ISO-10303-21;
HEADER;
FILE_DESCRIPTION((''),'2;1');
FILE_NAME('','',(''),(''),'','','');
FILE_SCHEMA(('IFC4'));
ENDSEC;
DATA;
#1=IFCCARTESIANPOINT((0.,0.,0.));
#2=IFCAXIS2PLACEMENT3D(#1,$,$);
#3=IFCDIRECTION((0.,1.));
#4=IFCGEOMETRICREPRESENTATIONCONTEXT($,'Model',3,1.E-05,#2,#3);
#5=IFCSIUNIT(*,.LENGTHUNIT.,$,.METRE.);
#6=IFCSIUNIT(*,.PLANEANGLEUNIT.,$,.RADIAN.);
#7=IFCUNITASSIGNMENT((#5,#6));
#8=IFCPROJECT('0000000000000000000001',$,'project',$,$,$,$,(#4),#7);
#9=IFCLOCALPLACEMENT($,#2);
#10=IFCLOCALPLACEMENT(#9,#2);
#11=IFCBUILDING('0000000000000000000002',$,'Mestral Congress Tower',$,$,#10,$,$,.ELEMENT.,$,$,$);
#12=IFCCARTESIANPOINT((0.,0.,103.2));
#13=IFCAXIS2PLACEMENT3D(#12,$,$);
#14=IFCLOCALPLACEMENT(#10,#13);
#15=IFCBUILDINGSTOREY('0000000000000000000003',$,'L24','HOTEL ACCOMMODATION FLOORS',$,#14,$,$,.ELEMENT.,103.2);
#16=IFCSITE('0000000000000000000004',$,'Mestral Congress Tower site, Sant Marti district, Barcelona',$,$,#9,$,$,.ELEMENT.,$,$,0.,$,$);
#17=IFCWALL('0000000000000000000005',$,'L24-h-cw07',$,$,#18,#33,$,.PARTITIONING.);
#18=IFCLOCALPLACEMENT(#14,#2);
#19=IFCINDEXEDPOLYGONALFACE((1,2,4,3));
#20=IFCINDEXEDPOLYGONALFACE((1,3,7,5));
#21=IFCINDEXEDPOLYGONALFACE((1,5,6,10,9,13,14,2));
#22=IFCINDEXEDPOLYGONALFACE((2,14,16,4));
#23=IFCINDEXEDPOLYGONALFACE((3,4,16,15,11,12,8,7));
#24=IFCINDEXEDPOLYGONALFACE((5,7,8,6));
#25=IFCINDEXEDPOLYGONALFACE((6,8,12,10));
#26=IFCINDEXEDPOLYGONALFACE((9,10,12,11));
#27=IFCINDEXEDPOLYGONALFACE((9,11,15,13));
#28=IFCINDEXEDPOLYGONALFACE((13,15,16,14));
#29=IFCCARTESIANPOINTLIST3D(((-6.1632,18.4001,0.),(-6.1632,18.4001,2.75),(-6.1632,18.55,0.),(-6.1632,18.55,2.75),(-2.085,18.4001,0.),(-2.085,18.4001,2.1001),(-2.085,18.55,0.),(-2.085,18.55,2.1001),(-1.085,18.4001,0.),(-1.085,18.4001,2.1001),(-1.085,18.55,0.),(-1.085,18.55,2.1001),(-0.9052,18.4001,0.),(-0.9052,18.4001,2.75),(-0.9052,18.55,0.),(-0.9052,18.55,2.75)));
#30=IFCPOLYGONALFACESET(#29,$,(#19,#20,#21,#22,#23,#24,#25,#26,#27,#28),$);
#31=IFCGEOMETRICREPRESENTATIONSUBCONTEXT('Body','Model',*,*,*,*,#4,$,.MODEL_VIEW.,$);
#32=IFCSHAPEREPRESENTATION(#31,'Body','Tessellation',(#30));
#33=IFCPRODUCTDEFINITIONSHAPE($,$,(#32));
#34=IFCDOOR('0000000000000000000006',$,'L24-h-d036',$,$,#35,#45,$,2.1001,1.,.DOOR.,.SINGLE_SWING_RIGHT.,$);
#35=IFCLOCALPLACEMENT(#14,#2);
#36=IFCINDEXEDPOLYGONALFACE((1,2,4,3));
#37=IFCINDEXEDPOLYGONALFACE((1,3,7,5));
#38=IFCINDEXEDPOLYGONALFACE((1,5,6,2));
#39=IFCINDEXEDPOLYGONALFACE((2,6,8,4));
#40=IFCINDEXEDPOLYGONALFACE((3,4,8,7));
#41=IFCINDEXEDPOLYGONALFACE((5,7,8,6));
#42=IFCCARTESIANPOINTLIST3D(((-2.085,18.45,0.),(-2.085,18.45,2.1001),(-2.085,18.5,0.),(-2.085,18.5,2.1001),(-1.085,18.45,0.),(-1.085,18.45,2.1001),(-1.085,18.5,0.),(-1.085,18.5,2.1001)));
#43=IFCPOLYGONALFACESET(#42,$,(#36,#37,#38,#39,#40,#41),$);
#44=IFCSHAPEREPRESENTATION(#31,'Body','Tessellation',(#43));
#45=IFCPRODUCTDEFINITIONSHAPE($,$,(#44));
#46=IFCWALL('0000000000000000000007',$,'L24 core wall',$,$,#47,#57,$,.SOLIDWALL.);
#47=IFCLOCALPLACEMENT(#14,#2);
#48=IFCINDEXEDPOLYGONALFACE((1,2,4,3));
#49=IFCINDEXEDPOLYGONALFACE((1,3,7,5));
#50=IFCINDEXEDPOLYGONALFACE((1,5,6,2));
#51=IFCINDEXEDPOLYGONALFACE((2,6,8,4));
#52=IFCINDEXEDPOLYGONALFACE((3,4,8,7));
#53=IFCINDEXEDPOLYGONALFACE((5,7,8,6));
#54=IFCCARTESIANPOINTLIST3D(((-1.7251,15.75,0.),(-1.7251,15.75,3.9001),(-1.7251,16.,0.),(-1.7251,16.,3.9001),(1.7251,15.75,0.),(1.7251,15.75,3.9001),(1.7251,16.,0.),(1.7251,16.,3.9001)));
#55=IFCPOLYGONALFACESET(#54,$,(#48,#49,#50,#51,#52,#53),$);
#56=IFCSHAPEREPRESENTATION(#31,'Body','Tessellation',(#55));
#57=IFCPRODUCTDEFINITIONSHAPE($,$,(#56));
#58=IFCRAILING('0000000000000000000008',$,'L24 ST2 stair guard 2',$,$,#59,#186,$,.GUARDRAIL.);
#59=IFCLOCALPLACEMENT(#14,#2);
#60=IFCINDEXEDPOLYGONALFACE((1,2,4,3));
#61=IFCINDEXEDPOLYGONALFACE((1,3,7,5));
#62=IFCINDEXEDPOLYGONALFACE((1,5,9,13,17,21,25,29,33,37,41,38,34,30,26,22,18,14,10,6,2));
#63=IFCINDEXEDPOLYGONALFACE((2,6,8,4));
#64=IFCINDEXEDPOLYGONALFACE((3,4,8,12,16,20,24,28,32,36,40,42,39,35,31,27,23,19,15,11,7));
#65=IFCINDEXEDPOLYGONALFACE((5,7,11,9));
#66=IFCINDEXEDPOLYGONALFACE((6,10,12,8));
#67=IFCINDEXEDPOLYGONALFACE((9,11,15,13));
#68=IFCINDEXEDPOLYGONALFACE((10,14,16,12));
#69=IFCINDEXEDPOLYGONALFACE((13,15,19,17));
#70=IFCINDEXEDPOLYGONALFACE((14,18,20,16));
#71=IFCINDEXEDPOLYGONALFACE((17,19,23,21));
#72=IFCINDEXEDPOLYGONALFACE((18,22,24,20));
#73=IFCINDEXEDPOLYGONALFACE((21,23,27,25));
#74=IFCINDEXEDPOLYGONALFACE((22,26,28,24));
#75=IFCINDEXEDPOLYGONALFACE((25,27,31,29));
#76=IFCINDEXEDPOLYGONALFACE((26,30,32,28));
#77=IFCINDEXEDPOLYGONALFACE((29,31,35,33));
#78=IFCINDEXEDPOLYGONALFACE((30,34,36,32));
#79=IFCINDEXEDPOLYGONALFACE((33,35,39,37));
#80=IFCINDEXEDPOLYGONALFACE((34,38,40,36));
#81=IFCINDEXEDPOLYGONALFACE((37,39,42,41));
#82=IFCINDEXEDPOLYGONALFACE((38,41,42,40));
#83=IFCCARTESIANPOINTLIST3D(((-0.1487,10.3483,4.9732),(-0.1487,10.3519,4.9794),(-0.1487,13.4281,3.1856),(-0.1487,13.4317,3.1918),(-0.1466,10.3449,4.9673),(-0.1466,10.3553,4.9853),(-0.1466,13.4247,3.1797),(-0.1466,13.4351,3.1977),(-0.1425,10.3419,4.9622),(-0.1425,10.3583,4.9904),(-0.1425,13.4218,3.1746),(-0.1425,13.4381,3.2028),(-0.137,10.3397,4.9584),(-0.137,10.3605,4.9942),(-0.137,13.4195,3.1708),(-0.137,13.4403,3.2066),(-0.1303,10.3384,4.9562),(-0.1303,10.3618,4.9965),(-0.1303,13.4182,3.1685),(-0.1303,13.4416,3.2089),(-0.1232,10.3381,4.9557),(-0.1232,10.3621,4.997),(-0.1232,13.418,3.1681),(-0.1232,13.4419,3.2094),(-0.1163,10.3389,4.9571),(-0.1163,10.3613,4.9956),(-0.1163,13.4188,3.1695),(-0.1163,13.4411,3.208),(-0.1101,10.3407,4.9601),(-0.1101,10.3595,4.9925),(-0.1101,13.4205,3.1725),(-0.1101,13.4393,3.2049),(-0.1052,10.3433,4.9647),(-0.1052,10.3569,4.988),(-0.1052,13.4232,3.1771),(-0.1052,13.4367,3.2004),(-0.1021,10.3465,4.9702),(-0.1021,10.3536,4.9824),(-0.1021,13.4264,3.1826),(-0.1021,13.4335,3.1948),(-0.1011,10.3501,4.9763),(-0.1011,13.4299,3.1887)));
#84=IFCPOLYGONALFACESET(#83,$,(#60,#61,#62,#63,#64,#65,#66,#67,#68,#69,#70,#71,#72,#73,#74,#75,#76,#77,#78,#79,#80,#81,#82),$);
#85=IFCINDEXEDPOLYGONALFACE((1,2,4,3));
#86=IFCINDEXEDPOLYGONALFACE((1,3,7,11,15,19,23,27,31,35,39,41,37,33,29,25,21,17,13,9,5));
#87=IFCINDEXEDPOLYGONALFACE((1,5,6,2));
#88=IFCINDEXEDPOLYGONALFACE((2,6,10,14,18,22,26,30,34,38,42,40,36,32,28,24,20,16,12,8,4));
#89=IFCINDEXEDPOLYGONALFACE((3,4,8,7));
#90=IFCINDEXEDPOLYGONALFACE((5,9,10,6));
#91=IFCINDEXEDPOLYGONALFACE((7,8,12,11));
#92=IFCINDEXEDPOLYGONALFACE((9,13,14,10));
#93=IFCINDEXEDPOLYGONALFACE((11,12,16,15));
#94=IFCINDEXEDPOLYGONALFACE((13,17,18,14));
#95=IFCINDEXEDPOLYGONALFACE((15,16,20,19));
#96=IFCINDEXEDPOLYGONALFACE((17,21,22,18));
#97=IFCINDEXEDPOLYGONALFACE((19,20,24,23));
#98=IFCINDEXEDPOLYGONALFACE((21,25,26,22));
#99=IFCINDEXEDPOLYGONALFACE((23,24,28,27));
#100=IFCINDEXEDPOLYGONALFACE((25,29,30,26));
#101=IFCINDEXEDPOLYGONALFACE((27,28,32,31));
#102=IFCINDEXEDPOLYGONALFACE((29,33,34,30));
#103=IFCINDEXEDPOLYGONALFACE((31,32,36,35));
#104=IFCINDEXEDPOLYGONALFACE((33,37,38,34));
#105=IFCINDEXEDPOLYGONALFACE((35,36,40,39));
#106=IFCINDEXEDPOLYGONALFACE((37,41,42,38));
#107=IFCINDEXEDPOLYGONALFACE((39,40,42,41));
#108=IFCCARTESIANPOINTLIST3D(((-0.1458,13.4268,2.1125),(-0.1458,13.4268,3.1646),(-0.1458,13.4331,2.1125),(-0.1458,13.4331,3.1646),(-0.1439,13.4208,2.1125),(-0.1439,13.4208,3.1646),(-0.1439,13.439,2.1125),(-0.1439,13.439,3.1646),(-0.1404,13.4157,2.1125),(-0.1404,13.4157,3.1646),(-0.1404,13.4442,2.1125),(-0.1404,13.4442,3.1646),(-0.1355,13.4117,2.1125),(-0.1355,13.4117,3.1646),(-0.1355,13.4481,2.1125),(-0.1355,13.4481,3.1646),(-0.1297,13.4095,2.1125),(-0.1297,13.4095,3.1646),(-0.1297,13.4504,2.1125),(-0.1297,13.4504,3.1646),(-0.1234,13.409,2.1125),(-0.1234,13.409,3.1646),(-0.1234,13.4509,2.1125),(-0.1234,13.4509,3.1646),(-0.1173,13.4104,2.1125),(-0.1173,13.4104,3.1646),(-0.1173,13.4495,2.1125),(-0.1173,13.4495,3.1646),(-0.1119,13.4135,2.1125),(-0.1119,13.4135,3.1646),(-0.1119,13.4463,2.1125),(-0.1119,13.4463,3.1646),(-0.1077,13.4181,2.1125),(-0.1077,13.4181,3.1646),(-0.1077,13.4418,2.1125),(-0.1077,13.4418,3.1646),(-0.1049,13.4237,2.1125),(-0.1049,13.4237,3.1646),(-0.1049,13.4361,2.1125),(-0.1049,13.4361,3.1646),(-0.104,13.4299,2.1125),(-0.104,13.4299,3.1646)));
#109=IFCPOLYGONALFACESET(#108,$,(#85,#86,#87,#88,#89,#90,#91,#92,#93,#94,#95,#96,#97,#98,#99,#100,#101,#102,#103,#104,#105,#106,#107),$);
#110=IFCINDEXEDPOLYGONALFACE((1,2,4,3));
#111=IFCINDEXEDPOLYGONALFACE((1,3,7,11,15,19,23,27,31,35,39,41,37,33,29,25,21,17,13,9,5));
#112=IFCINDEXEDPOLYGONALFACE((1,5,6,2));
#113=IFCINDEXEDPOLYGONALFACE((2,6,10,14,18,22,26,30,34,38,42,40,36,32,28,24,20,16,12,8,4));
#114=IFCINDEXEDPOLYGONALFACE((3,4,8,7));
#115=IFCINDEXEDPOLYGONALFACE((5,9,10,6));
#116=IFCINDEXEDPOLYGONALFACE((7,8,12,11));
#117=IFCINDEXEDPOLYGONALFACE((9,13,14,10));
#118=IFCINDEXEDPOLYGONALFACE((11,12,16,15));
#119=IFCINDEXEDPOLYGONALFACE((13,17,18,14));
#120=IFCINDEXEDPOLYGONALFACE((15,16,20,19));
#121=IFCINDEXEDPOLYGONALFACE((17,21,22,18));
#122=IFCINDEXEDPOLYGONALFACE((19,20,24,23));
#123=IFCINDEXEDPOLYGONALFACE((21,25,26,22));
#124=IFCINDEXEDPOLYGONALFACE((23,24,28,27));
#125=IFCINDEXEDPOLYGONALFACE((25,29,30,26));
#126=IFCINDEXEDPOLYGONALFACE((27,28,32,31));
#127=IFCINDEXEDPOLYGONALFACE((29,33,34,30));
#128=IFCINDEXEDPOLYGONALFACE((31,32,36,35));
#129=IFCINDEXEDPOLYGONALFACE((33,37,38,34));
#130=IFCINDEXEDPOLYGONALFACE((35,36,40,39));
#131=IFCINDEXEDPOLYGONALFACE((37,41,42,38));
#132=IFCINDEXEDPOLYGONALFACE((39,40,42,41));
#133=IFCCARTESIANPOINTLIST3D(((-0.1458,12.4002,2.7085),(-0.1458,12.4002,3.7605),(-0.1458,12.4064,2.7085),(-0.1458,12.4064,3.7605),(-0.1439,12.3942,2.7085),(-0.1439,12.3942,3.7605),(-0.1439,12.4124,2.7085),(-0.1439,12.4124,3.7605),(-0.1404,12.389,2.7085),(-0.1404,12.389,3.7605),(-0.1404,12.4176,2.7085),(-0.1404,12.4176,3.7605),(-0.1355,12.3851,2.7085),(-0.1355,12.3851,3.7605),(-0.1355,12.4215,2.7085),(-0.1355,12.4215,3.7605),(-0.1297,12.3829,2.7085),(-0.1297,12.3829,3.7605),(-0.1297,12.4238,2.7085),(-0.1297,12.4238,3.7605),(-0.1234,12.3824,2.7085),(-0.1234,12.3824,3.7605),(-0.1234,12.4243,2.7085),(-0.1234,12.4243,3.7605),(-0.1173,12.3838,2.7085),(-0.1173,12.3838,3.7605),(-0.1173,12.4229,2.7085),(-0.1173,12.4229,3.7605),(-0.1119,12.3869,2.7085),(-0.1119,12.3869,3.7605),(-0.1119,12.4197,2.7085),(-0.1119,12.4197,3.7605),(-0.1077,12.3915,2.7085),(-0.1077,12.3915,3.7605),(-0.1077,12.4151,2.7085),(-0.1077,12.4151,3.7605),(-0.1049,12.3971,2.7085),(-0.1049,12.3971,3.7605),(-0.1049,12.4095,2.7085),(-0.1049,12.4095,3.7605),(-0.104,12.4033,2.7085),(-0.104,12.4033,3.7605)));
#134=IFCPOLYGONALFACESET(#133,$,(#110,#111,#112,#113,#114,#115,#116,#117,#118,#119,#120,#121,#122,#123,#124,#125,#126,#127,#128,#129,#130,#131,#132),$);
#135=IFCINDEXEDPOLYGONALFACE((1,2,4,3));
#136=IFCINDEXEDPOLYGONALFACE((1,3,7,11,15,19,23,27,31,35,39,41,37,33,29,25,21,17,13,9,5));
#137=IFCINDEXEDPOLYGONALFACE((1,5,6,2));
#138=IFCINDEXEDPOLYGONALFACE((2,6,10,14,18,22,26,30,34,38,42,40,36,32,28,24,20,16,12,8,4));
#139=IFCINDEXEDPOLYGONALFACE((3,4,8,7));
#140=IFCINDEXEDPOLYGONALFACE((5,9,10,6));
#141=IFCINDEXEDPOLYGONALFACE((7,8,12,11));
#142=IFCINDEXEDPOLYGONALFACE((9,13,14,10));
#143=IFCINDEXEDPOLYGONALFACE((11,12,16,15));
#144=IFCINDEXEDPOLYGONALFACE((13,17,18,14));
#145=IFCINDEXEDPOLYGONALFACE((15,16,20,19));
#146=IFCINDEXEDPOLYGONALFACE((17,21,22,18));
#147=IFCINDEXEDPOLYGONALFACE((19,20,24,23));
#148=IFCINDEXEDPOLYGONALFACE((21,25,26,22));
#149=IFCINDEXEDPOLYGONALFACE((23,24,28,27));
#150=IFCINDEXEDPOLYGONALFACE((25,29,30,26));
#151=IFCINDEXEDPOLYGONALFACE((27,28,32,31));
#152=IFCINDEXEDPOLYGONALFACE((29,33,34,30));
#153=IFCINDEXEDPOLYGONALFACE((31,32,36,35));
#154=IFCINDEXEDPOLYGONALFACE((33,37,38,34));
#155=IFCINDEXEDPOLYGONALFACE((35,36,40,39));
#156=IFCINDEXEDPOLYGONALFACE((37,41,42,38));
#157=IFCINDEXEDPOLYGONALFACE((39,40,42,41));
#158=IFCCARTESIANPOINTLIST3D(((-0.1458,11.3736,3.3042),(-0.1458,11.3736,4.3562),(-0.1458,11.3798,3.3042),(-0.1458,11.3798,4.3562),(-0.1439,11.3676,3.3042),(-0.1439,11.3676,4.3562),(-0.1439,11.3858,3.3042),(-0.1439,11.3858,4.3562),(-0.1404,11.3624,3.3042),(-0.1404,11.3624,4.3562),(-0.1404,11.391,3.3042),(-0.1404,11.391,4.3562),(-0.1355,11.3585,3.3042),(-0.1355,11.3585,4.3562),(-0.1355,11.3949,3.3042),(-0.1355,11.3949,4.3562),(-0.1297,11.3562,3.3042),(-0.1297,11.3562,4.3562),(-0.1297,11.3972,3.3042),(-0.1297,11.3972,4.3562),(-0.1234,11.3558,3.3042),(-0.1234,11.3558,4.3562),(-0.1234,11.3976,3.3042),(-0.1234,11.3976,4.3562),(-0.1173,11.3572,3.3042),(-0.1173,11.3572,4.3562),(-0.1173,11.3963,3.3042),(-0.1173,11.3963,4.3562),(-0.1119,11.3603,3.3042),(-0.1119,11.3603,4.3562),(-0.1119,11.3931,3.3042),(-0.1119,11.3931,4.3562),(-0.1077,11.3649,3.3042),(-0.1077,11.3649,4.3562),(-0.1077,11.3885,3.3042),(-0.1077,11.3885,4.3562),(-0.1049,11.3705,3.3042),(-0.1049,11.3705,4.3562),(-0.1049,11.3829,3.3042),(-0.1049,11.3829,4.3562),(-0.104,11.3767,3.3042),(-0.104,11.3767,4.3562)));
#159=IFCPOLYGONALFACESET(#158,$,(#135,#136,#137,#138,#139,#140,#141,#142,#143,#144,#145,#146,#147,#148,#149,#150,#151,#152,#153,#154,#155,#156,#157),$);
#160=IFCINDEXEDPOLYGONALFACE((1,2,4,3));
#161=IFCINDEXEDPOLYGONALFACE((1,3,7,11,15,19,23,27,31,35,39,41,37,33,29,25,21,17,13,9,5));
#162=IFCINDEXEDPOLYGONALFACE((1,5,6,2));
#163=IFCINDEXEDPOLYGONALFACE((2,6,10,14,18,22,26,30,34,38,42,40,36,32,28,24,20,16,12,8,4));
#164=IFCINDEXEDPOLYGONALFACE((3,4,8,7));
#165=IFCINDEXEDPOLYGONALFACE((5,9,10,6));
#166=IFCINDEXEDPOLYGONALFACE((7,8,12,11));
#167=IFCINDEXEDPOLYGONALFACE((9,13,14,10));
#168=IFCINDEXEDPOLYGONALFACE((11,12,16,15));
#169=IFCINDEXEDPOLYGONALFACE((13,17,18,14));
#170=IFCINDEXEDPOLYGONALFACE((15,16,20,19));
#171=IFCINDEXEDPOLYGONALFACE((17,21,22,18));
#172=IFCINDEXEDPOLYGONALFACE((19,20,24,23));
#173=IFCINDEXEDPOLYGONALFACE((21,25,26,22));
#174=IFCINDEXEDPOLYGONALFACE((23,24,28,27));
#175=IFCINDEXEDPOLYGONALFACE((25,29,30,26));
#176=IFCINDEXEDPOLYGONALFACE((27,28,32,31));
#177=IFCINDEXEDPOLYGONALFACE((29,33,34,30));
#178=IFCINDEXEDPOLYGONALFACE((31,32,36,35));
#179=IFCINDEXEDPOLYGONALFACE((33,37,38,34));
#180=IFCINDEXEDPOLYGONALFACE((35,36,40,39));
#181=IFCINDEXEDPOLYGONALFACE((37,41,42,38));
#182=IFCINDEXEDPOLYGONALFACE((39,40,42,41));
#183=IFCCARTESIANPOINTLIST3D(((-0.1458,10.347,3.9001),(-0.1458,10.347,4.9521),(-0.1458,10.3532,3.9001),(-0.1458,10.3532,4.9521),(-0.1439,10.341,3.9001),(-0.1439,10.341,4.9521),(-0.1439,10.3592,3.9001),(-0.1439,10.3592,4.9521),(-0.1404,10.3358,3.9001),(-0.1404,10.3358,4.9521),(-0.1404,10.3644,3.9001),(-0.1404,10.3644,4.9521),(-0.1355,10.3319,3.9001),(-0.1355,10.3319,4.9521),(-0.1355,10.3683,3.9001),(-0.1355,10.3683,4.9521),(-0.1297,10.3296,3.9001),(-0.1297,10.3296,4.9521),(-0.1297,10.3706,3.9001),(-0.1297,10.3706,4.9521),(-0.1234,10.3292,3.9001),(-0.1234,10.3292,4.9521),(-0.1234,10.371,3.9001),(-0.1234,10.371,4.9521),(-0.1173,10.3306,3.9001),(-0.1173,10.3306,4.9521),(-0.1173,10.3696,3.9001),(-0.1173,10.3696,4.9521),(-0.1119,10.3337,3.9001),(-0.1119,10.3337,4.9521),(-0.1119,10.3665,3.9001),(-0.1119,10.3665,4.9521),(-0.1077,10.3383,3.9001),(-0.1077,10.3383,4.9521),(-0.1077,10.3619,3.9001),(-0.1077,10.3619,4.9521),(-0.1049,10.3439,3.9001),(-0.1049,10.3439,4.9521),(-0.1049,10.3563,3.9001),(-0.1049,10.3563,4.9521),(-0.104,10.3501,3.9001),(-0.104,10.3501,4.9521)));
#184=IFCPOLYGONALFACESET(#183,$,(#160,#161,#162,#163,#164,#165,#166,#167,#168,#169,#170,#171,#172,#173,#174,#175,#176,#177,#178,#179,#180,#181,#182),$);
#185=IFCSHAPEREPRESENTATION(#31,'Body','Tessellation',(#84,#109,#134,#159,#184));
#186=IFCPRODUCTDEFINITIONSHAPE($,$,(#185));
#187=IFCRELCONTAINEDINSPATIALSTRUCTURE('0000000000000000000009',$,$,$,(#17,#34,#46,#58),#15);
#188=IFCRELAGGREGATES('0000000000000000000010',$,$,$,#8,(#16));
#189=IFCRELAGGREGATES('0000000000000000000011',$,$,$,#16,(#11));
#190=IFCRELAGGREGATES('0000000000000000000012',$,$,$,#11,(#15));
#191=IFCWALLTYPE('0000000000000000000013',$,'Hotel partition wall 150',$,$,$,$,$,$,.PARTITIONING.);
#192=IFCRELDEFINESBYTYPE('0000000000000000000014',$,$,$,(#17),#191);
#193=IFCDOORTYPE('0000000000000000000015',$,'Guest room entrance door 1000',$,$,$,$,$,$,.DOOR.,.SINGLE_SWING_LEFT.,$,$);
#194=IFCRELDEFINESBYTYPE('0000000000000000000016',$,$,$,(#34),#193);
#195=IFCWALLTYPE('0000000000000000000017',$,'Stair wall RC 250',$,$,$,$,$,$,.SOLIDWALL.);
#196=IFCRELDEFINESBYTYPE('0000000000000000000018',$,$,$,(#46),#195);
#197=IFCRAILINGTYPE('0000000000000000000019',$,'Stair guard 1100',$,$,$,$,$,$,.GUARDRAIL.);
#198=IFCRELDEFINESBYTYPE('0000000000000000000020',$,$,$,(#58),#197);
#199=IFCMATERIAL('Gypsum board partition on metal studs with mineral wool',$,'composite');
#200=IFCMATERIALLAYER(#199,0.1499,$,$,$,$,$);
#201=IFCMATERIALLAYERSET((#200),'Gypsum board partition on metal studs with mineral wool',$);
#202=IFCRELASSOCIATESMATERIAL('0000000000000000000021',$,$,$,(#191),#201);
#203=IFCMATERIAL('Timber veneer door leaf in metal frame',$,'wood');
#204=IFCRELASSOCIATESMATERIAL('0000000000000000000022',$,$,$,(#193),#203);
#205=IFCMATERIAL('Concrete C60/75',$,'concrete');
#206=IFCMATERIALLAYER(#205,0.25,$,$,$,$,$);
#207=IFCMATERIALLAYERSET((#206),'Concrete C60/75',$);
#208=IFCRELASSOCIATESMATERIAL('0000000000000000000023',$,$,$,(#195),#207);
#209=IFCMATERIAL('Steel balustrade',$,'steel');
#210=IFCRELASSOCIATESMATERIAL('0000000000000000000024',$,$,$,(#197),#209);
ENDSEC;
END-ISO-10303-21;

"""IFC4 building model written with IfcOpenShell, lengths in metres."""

from ifc_helpers import new_model, si_unit, direction, frame, frame_2d, origin, origin_2d, place, context, subcontext, project, spatial, rectangle, circle, extrude, material, layer, layer_set, type_object, element, fill, save


model = new_model("IFC4")

# Units and contexts
model_context = context("Model", 3, precision=1e-05, world=origin(), true_north=direction((0.0, 1.0)))
body_context = subcontext(model_context, "Body", "Model", "MODEL_VIEW")
ifc_project = project(units=[si_unit("LENGTHUNIT", "METRE"), si_unit("PLANEANGLEUNIT", "RADIAN")], contexts=[model_context])

# Site, building, storey
site_placement = place(None, origin())
site = spatial("IfcSite", under=ifc_project, at=site_placement, Name="Mestral Congress Tower site, Sant Marti district, Barcelona", CompositionType="ELEMENT", RefElevation=0.0)
building_placement = place(site_placement, origin())
building = spatial("IfcBuilding", under=site, at=building_placement, Name="Mestral Congress Tower", CompositionType="ELEMENT")
storey_placement = place(building_placement, frame((0.0, 0.0, 103.2)))
storey = spatial("IfcBuildingStorey", under=building, at=storey_placement, Name="L24", Description="HOTEL ACCOMMODATION FLOORS", CompositionType="ELEMENT", Elevation=103.2)

# Shared definitions
ifc_material_1 = material(Name="Concrete C60/75", Category="concrete")

# Shared definitions
ifc_material_2 = material(Name="Gypsum board partition on metal studs with mineral wool", Category="composite")

# Wall, opening, door
ifc_layer_1 = layer(ifc_material_2, 0.1499)
ifc_layer_set_1 = layer_set([ifc_layer_1], Name="Gypsum board partition on metal studs with mineral wool")
wall_type_1 = type_object("IfcWallType", Name="Hotel partition wall 150", PredefinedType="PARTITIONING", material=ifc_layer_set_1)
ifc_material_3 = material(Name="Timber veneer door leaf in metal frame", Category="wood")
door_type_1 = type_object("IfcDoorType", Name="Guest room entrance door 1000", OperationType="SINGLE_SWING_LEFT", PredefinedType="DOOR", material=ifc_material_3)
wall_1_placement = place(storey_placement, frame((-6.1631, 18.4751, 0.0), z_axis=(0.0, 0.0, 1.0), x_axis=(1.0, 0.0, 0.0)))
wall_1 = element("IfcWall", 1, at=wall_1_placement, inside=storey, type_object=wall_type_1, Name="L24-h-cw07", PredefinedType="PARTITIONING", context=body_context, shape_type="SweptSolid", body=[
    extrude(rectangle(XDim=5.2581, YDim=0.1499, at=frame_2d((2.6289, 0.0))), origin(), (0.0, 0.0, 1.0), 2.75),
])
opening_1_placement = place(wall_1_placement, frame((4.0781, 0.0, 0.0)))
opening_1 = element("IfcOpeningElement", 2, at=opening_1_placement, cuts=wall_1, PredefinedType="OPENING", context=body_context, shape_type="SweptSolid", body=[
    extrude(rectangle(XDim=1.0, YDim=2.1001, at=frame_2d((0.5, 1.05))), frame((0.0, 0.085, 0.0), z_axis=(0.0, -1.0, 0.0), x_axis=(1.0, 0.0, 0.0)), (0.0, 0.0, 1.0), 0.1699),
])
door_1_placement = place(opening_1_placement, origin())
door_1 = element("IfcDoor", 3, at=door_1_placement, inside=storey, type_object=door_type_1, Name="L24-h-d036", OperationType="SINGLE_SWING_RIGHT", OverallHeight=2.1001, OverallWidth=1.0, PredefinedType="DOOR", context=body_context, shape_type="SweptSolid", body=[
    extrude(rectangle(XDim=1.0, YDim=2.1001, at=frame_2d((0.5, 1.05))), frame((0.0, 0.0249, 0.0), z_axis=(0.0, -1.0, 0.0), x_axis=(1.0, 0.0, 0.0)), (0.0, 0.0, 1.0), 0.05),
])
fill(opening_1, door_1)

# Wall
ifc_layer_2 = layer(ifc_material_1, 0.25)
ifc_layer_set_2 = layer_set([ifc_layer_2], Name="Concrete C60/75")
wall_type_2 = type_object("IfcWallType", Name="Stair wall RC 250", PredefinedType="SOLIDWALL", material=ifc_layer_set_2)
wall_2_placement = place(storey_placement, frame((-1.7251, 15.875, 0.0), z_axis=(0.0, 0.0, 1.0), x_axis=(1.0, 0.0, 0.0)))
element("IfcWall", 4, at=wall_2_placement, inside=storey, type_object=wall_type_2, Name="L24 core wall", PredefinedType="SOLIDWALL", context=body_context, shape_type="SweptSolid", body=[
    extrude(rectangle(XDim=3.4502, YDim=0.25, at=frame_2d((1.7251, 0.0))), origin(), (0.0, 0.0, 1.0), 3.9001),
])

# Railing
ifc_material_4 = material(Name="Steel balustrade", Category="steel")
railing_type = type_object("IfcRailingType", Name="Stair guard 1100", PredefinedType="GUARDRAIL", material=ifc_material_4)
railing_placement = place(storey_placement, frame((-0.125, 13.4299, 2.1125)))
element("IfcRailing", 5, at=railing_placement, inside=storey, type_object=railing_type, Name="L24 ST2 stair guard 2", PredefinedType="GUARDRAIL", context=body_context, shape_type="SweptSolid", body=[
    extrude(circle(Radius=0.0239, at=origin_2d()), frame((0.0, 0.0, 1.0762), z_axis=(0.0, -0.864873, 0.50199), x_axis=(1.0, 0.0, 0.0)), (0.0, 0.0, 1.0), 3.561),
    extrude(circle(Radius=0.021, at=origin_2d()), origin(), (0.0, 0.0, 1.0), 1.052),
    extrude(circle(Radius=0.021, at=origin_2d()), frame((0.0, -1.0266, 0.5959)), (0.0, 0.0, 1.0), 1.052),
    extrude(circle(Radius=0.021, at=origin_2d()), frame((0.0, -2.0532, 1.1917)), (0.0, 0.0, 1.0), 1.052),
    extrude(circle(Radius=0.021, at=origin_2d()), frame((0.0, -3.0798, 1.7876)), (0.0, 0.0, 1.0), 1.052),
])

save(model, "model.ifc")
